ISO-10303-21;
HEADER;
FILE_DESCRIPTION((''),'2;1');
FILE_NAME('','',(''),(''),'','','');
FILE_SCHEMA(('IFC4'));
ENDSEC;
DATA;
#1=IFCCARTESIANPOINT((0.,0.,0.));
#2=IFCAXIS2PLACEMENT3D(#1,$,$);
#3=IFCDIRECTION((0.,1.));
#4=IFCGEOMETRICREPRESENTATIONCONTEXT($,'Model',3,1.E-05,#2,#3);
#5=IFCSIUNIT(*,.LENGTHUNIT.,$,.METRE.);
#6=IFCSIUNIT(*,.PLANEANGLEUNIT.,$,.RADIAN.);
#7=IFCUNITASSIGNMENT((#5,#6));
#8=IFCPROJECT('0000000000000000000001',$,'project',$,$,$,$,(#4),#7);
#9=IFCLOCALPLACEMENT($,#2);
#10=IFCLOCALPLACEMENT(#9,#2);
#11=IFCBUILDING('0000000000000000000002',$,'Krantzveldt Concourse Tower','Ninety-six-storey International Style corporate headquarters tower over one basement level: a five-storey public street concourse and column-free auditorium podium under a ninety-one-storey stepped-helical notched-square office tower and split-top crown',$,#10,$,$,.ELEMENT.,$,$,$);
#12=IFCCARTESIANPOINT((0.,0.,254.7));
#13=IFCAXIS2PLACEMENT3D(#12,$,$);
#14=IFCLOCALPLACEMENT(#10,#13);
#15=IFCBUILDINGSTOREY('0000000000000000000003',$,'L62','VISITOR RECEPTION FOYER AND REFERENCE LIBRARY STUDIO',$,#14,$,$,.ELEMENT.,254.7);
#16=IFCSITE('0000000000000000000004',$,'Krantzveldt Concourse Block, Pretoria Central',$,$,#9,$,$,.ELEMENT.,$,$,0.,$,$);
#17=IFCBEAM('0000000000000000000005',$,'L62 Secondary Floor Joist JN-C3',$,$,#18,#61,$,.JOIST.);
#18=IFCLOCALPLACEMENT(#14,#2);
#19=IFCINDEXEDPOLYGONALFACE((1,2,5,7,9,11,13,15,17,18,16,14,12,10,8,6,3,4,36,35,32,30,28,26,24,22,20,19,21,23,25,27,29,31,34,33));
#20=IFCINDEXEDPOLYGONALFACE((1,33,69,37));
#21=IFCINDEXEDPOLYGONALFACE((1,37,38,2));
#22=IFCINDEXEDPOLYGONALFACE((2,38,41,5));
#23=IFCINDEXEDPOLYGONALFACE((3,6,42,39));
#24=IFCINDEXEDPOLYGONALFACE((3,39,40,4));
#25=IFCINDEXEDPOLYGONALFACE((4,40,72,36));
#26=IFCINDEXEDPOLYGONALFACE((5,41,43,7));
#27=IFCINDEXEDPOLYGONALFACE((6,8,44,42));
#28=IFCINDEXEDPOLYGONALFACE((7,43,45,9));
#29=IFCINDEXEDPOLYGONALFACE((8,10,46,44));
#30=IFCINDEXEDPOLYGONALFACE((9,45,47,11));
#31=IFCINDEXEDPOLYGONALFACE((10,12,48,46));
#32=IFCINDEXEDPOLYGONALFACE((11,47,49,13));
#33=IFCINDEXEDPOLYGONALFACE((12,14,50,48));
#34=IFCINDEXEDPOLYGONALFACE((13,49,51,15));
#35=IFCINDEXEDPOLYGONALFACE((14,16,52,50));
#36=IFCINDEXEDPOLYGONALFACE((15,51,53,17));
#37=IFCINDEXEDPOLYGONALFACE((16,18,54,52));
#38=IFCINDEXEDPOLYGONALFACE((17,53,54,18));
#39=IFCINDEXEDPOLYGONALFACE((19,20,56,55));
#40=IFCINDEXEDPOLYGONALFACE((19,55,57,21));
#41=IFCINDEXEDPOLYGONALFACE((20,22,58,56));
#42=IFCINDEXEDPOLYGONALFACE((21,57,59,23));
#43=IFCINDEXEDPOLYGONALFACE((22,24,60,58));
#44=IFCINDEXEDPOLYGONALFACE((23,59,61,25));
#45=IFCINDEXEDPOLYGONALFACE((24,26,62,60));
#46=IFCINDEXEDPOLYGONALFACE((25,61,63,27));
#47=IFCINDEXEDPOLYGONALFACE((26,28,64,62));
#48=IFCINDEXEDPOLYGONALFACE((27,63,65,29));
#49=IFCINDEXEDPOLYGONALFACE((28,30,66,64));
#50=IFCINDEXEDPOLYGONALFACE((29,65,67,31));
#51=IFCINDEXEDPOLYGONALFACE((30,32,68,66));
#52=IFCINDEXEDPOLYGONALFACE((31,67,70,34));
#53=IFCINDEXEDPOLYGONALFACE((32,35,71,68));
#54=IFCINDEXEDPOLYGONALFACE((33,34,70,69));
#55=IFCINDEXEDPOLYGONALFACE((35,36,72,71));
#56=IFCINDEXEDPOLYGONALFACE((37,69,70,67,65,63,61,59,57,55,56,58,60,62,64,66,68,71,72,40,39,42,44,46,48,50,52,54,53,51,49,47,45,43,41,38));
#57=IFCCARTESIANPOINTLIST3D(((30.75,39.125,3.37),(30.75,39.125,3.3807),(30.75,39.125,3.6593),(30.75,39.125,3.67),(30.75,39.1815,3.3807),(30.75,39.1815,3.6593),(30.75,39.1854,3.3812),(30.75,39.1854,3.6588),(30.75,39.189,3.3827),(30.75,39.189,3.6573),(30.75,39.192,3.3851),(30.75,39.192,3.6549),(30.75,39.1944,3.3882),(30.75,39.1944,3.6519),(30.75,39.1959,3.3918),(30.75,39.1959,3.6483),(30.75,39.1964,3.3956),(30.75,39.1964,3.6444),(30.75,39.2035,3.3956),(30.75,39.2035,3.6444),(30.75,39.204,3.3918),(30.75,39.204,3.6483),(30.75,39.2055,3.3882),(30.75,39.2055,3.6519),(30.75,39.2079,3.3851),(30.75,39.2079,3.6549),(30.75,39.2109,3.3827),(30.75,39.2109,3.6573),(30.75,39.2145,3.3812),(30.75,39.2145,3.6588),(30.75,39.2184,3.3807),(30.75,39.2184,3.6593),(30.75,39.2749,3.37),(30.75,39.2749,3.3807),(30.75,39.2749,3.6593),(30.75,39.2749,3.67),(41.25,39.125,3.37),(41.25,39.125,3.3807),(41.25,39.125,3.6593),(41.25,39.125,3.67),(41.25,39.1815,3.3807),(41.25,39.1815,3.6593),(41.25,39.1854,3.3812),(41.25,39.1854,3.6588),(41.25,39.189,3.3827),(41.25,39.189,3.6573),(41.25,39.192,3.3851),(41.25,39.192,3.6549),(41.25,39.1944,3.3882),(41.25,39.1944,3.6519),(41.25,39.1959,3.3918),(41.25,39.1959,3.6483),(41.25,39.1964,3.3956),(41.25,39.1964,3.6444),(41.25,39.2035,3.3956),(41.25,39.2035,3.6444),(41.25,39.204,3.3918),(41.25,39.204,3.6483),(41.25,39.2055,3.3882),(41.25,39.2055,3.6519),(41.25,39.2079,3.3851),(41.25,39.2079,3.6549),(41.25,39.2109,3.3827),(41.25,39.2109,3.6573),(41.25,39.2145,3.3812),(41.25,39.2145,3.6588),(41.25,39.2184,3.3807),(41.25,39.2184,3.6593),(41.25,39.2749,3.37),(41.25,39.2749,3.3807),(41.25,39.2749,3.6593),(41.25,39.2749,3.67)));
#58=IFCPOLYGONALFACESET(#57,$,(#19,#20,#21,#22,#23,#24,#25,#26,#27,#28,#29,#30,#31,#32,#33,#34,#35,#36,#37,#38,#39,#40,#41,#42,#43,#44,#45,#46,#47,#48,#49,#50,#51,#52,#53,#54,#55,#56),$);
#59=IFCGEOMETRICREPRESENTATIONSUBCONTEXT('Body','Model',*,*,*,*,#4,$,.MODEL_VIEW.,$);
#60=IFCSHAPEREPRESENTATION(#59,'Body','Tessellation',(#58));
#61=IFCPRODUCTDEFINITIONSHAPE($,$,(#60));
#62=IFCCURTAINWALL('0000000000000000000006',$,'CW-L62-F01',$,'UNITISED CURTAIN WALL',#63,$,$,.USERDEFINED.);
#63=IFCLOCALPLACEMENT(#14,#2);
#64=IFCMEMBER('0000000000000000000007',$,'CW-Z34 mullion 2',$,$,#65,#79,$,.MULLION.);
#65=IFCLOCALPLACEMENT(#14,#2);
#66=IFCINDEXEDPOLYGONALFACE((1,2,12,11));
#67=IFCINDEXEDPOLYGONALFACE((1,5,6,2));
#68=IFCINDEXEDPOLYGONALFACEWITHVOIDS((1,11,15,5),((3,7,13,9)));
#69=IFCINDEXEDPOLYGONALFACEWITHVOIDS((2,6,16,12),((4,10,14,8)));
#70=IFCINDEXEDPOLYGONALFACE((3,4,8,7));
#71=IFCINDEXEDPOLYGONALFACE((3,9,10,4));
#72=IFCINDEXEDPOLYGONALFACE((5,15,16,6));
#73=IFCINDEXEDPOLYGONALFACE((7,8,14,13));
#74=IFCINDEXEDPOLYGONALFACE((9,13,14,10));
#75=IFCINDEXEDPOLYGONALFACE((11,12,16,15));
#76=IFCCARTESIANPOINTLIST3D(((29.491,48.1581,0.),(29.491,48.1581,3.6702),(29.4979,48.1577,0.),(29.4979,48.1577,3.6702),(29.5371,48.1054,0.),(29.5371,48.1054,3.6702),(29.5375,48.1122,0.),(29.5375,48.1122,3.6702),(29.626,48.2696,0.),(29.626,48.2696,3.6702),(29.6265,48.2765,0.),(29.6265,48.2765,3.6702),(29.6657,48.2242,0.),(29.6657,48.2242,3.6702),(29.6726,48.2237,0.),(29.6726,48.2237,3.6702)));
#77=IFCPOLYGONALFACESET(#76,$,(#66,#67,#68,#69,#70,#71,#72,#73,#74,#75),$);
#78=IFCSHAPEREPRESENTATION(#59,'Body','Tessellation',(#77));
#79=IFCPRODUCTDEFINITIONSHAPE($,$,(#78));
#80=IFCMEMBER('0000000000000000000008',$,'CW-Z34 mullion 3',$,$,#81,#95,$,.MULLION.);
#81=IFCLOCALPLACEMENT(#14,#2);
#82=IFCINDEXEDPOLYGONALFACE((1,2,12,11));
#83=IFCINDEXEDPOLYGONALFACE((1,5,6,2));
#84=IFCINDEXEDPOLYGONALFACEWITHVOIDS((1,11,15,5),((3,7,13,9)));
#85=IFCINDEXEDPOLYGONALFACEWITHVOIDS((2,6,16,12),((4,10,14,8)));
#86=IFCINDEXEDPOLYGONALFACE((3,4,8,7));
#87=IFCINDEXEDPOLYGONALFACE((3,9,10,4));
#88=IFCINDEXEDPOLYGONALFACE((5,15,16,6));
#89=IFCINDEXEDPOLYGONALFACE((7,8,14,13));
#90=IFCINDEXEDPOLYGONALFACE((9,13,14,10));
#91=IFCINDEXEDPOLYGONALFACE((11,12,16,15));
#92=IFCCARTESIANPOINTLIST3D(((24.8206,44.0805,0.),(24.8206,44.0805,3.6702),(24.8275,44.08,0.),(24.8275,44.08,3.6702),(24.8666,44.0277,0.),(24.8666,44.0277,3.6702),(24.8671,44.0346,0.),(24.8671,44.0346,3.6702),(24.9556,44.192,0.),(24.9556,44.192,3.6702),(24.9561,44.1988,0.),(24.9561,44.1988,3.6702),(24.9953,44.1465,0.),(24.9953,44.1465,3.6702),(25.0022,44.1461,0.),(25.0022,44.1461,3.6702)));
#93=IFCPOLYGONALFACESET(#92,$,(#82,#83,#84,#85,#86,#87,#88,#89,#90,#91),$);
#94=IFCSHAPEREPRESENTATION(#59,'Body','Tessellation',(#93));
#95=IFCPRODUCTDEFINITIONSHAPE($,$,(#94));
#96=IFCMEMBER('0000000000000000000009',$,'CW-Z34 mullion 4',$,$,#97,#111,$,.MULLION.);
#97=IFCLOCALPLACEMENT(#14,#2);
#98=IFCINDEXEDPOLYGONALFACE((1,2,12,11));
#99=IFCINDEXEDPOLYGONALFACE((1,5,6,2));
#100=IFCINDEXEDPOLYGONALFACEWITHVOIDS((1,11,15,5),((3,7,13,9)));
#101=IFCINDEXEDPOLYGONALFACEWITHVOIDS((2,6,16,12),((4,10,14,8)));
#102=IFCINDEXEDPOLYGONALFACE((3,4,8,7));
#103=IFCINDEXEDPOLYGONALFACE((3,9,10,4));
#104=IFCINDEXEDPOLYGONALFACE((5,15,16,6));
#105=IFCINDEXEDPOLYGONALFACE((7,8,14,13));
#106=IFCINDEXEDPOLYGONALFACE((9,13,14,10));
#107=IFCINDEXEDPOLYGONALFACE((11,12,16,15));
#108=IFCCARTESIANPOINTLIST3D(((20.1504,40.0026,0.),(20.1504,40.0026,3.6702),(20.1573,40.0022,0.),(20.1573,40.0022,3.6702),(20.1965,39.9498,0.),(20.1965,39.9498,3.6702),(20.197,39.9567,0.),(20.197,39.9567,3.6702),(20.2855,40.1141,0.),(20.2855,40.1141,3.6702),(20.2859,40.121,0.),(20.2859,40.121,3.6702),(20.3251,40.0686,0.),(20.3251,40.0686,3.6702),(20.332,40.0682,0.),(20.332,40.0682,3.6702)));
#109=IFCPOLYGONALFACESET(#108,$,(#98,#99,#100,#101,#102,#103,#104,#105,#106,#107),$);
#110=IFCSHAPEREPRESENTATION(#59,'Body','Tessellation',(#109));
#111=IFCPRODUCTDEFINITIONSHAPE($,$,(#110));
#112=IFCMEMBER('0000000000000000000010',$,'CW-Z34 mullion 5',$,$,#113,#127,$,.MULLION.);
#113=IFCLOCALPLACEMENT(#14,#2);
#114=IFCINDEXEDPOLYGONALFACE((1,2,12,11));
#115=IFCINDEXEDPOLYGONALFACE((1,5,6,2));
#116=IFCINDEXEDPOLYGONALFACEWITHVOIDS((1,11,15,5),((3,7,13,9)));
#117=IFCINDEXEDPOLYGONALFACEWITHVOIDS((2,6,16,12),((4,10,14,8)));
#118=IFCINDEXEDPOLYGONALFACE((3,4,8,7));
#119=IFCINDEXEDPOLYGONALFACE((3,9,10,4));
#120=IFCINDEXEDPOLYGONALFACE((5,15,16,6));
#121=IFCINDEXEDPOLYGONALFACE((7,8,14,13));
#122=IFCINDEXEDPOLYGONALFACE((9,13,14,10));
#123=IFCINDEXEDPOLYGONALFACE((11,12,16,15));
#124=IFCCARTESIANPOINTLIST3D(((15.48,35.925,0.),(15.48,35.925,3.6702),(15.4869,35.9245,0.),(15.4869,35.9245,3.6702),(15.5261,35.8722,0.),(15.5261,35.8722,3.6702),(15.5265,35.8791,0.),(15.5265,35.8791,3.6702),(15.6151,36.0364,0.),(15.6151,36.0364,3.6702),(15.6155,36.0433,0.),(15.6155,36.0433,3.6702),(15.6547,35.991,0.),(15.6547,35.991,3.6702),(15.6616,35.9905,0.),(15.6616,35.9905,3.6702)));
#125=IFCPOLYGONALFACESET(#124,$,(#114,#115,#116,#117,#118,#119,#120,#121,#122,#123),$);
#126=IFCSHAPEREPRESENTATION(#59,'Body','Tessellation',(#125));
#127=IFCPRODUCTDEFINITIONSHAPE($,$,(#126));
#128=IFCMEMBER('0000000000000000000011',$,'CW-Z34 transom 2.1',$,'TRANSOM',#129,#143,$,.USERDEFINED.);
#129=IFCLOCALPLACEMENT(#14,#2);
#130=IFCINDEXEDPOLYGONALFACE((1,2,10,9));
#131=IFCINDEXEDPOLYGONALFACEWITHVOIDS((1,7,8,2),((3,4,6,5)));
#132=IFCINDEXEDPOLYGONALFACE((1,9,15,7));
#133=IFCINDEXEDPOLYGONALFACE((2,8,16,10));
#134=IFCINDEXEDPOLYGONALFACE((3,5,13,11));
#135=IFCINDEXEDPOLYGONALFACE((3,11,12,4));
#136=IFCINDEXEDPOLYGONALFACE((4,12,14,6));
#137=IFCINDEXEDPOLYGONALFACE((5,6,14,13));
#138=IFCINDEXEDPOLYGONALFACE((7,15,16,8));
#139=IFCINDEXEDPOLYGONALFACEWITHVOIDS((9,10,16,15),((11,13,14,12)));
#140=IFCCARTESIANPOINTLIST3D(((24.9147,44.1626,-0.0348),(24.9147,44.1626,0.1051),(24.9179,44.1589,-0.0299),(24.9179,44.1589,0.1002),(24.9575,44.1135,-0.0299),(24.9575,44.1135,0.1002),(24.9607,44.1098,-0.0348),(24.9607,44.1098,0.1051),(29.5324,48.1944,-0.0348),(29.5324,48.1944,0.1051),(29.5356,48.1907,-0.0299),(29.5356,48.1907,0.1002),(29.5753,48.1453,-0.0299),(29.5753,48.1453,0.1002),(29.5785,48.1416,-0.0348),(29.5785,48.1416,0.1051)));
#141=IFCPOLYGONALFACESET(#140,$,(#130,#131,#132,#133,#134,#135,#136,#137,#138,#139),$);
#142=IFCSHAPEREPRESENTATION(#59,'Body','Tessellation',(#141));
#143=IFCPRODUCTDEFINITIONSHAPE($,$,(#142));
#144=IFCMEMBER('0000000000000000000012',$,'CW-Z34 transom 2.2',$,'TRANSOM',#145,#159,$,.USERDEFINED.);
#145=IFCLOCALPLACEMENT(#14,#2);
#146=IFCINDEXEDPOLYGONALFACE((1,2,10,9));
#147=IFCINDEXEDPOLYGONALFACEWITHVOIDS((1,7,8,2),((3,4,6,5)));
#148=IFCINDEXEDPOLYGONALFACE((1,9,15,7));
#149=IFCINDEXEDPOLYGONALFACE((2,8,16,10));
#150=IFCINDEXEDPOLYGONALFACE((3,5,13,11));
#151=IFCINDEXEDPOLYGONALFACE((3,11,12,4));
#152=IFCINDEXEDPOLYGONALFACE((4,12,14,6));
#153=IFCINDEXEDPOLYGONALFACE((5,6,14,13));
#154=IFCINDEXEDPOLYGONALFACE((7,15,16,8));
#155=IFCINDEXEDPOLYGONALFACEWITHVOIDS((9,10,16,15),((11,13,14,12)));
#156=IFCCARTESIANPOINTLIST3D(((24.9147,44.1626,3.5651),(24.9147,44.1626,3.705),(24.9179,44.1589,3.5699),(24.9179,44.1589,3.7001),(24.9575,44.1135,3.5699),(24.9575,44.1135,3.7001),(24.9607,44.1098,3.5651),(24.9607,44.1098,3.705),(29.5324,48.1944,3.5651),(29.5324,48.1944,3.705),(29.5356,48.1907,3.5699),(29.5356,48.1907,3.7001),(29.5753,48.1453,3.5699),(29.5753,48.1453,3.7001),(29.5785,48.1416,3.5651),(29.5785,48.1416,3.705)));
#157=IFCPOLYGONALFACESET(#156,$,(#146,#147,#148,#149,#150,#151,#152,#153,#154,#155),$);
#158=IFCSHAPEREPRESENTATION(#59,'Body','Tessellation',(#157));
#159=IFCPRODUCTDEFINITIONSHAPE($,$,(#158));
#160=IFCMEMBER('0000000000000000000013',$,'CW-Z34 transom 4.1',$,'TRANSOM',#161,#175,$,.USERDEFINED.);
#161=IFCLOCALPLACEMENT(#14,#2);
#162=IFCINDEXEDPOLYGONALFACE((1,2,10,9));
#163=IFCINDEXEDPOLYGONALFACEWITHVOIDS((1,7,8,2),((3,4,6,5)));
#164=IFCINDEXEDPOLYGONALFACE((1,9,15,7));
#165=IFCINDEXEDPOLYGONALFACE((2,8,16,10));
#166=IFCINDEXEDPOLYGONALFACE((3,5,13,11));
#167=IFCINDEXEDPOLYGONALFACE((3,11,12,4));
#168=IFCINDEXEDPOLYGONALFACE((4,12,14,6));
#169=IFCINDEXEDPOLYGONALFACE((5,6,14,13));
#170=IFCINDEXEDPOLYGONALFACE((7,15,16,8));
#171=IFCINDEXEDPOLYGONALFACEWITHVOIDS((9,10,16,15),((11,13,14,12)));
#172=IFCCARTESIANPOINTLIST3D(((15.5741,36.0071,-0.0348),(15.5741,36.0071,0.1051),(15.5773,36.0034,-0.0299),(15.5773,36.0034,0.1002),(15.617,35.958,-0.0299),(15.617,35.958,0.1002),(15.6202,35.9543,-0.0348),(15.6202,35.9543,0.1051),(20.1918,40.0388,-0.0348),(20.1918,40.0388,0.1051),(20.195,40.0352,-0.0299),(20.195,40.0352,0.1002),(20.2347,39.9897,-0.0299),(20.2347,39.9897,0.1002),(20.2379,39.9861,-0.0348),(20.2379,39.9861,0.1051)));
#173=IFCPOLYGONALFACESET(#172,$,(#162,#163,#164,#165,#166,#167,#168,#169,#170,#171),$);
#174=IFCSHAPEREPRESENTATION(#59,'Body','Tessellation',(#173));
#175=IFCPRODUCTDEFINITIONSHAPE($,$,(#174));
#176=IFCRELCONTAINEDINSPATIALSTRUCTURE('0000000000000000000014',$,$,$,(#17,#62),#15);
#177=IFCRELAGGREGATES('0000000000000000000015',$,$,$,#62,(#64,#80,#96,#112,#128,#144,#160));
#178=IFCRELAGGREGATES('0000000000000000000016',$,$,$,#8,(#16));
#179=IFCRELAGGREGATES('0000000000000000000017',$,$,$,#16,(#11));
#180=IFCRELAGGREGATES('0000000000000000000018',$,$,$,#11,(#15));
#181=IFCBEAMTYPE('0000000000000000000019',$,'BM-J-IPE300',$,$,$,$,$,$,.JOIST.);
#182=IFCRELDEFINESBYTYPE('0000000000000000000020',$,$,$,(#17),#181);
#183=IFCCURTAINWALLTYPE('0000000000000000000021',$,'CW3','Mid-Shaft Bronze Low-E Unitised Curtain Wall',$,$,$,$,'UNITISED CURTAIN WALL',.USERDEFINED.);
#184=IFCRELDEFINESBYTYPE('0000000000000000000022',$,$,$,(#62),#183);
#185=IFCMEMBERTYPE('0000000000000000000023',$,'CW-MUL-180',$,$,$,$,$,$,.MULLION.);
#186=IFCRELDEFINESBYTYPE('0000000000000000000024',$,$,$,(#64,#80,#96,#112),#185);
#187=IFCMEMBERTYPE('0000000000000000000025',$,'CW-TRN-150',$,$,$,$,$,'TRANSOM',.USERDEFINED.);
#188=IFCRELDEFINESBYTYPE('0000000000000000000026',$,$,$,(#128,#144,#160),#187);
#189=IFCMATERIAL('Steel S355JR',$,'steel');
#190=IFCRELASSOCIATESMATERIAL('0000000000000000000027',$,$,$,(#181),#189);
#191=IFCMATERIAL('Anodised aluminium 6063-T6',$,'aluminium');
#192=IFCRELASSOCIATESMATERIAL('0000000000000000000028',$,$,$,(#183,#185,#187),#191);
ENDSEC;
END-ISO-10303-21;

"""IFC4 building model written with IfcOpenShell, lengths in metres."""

from ifc_helpers import new_model, si_unit, direction, frame, origin, origin_2d, place, context, subcontext, project, spatial, hollow_rectangle, i_section, extrude, source, transform, mapped, material, material_profile, profile_set, type_object, type_shapes, element, aggregate, save


model = new_model("IFC4")

# Units and contexts
model_context = context("Model", 3, precision=1e-05, world=origin(), true_north=direction((0.0, 1.0)))
body_context = subcontext(model_context, "Body", "Model", "MODEL_VIEW")
ifc_project = project(units=[si_unit("LENGTHUNIT", "METRE"), si_unit("PLANEANGLEUNIT", "RADIAN")], contexts=[model_context])

# Site, building, storey
site_placement = place(None, origin())
site = spatial("IfcSite", under=ifc_project, at=site_placement, Name="Krantzveldt Concourse Block, Pretoria Central", CompositionType="ELEMENT", RefElevation=0.0)
building_placement = place(site_placement, origin())
building = spatial("IfcBuilding", under=site, at=building_placement, Name="Krantzveldt Concourse Tower", Description="Ninety-six-storey International Style corporate headquarters tower over one basement level: a five-storey public street concourse and column-free auditorium podium under a ninety-one-storey stepped-helical notched-square office tower and split-top crown", CompositionType="ELEMENT")
storey_placement = place(building_placement, frame((0.0, 0.0, 254.7)))
storey = spatial("IfcBuildingStorey", under=building, at=storey_placement, Name="L62", Description="VISITOR RECEPTION FOYER AND REFERENCE LIBRARY STUDIO", CompositionType="ELEMENT", Elevation=254.7)

# Beam
ifc_material_1 = material(Name="Steel S355JR", Category="steel")
ifc_material_profile_1 = material_profile(ifc_material_1, i_section(OverallWidth=0.1499, OverallDepth=0.3, WebThickness=0.0071, FlangeThickness=0.0107, FilletRadius=0.0149, at=origin_2d()), Name="Steel S355JR", Category="steel")
ifc_profile_set_1 = profile_set([ifc_material_profile_1], Name="Steel S355JR - IPE 300")
beam_type_1 = type_object("IfcBeamType", Name="BM-J-IPE300", PredefinedType="JOIST", material=ifc_profile_set_1)
shared_shape_1 = source(origin(), body_context, "Body", "SweptSolid", [
    extrude(i_section(OverallWidth=0.1499, OverallDepth=0.3, WebThickness=0.0071, FlangeThickness=0.0107, FilletRadius=0.0149, at=origin_2d()), origin(), (0.0, 0.0, 1.0), 10.5),
])
type_shapes(beam_type_1, [shared_shape_1])
beam_1_placement = place(storey_placement, frame((30.75, 39.2, 3.52), z_axis=(1.0, 0.0, 0.0), x_axis=(0.0, 1.0, 0.0)))
element("IfcBeam", 1, at=beam_1_placement, inside=storey, type_object=beam_type_1, Name="L62 Secondary Floor Joist JN-C3", PredefinedType="JOIST", context=body_context, shape_type="MappedRepresentation", body=[
    mapped(shared_shape_1, transform((0.0, 0.0, 0.0), x_axis=(1.0, 0.0, 0.0), y_axis=(0.0, 1.0, 0.0), z_axis=(0.0, 0.0, 1.0), scale=1.0)),
])

# Curtain wall, members
ifc_material_2 = material(Name="Anodised aluminium 6063-T6", Category="aluminium")
curtain_wall_type = type_object("IfcCurtainWallType", Name="CW3", Description="Mid-Shaft Bronze Low-E Unitised Curtain Wall", ElementType="UNITISED CURTAIN WALL", PredefinedType="USERDEFINED", material=ifc_material_2)
curtain_wall_placement = place(storey_placement, origin())
curtain_wall = element("IfcCurtainWall", 2, at=curtain_wall_placement, inside=storey, type_object=curtain_wall_type, Name="CW-L62-F01", ObjectType="UNITISED CURTAIN WALL", PredefinedType="USERDEFINED")
ifc_material_profile_2 = material_profile(ifc_material_2, hollow_rectangle(XDim=0.0701, YDim=0.1799, WallThickness=0.0049, at=origin_2d()), Name="Anodised aluminium 6063-T6", Category="aluminium")
ifc_profile_set_2 = profile_set([ifc_material_profile_2], Name="Anodised aluminium 6063-T6 - ALU-MULL 180x70x5")
member_type_1 = type_object("IfcMemberType", Name="CW-MUL-180", PredefinedType="MULLION", material=ifc_profile_set_2)
shared_shape_2 = source(origin(), body_context, "Body", "SweptSolid", [
    extrude(hollow_rectangle(XDim=0.0701, YDim=0.1799, WallThickness=0.0049, at=origin_2d()), origin(), (0.0, 0.0, 1.0), 3.6702),
])
type_shapes(member_type_1, [shared_shape_2])
member_1_placement = place(storey_placement, frame((29.5818, 48.1909, 0.0), z_axis=(0.0, 0.0, 1.0), x_axis=(0.657704, -0.753277, 0.0)))
member_1 = element("IfcMember", 3, at=member_1_placement, type_object=member_type_1, Name="CW-Z34 mullion 2", PredefinedType="MULLION", context=body_context, shape_type="MappedRepresentation", body=[
    mapped(shared_shape_2, transform((0.0, 0.0, 0.0), x_axis=(1.0, 0.0, 0.0), y_axis=(0.0, 1.0, 0.0), z_axis=(0.0, 0.0, 1.0), scale=1.0)),
])
member_2_placement = place(storey_placement, frame((24.9114, 44.1133, 0.0), z_axis=(0.0, 0.0, 1.0), x_axis=(0.657704, -0.753277, 0.0)))
member_2 = element("IfcMember", 4, at=member_2_placement, type_object=member_type_1, Name="CW-Z34 mullion 3", PredefinedType="MULLION", context=body_context, shape_type="MappedRepresentation", body=[
    mapped(shared_shape_2, transform((0.0, 0.0, 0.0), x_axis=(1.0, 0.0, 0.0), y_axis=(0.0, 1.0, 0.0), z_axis=(0.0, 0.0, 1.0), scale=1.0)),
])
member_3_placement = place(storey_placement, frame((20.2412, 40.0354, 0.0), z_axis=(0.0, 0.0, 1.0), x_axis=(0.657704, -0.753277, 0.0)))
member_3 = element("IfcMember", 5, at=member_3_placement, type_object=member_type_1, Name="CW-Z34 mullion 4", PredefinedType="MULLION", context=body_context, shape_type="MappedRepresentation", body=[
    mapped(shared_shape_2, transform((0.0, 0.0, 0.0), x_axis=(1.0, 0.0, 0.0), y_axis=(0.0, 1.0, 0.0), z_axis=(0.0, 0.0, 1.0), scale=1.0)),
])
member_4_placement = place(storey_placement, frame((15.5708, 35.9578, 0.0), z_axis=(0.0, 0.0, 1.0), x_axis=(0.657704, -0.753277, 0.0)))
member_4 = element("IfcMember", 6, at=member_4_placement, type_object=member_type_1, Name="CW-Z34 mullion 5", PredefinedType="MULLION", context=body_context, shape_type="MappedRepresentation", body=[
    mapped(shared_shape_2, transform((0.0, 0.0, 0.0), x_axis=(1.0, 0.0, 0.0), y_axis=(0.0, 1.0, 0.0), z_axis=(0.0, 0.0, 1.0), scale=1.0)),
])
ifc_material_profile_3 = material_profile(ifc_material_2, hollow_rectangle(XDim=0.0701, YDim=0.1399, WallThickness=0.0049, at=origin_2d()), Name="Anodised aluminium 6063-T6", Category="aluminium")
ifc_profile_set_3 = profile_set([ifc_material_profile_3], Name="Anodised aluminium 6063-T6 - ALU-TRAN 140x70x5")
member_type_2 = type_object("IfcMemberType", Name="CW-TRN-150", ElementType="TRANSOM", PredefinedType="USERDEFINED", material=ifc_profile_set_3)
shared_shape_3 = source(origin(), body_context, "Body", "SweptSolid", [
    extrude(hollow_rectangle(XDim=0.0701, YDim=0.1399, WallThickness=0.0049, at=origin_2d()), origin(), (0.0, 0.0, 1.0), 6.1301),
])
member_5_placement = place(storey_placement, frame((29.5554, 48.168, 0.0352), z_axis=(-0.753282, -0.657698, 0.0), x_axis=(0.657698, -0.753282, 0.0)))
member_5 = element("IfcMember", 7, at=member_5_placement, type_object=member_type_2, Name="CW-Z34 transom 2.1", ObjectType="TRANSOM", PredefinedType="USERDEFINED", context=body_context, shape_type="MappedRepresentation", body=[
    mapped(shared_shape_3, transform((0.0, 0.0, 0.0), x_axis=(1.0, 0.0, 0.0), y_axis=(0.0, 1.0, 0.0), z_axis=(0.0, 0.0, 1.0), scale=1.0)),
])
member_6_placement = place(storey_placement, frame((29.5554, 48.168, 3.635), z_axis=(-0.753282, -0.657698, 0.0), x_axis=(0.657698, -0.753282, 0.0)))
member_6 = element("IfcMember", 8, at=member_6_placement, type_object=member_type_2, Name="CW-Z34 transom 2.2", ObjectType="TRANSOM", PredefinedType="USERDEFINED", context=body_context, shape_type="MappedRepresentation", body=[
    mapped(shared_shape_3, transform((0.0, 0.0, 0.0), x_axis=(1.0, 0.0, 0.0), y_axis=(0.0, 1.0, 0.0), z_axis=(0.0, 0.0, 1.0), scale=1.0)),
])
member_7_placement = place(storey_placement, frame((20.2148, 40.0125, 0.0352), z_axis=(-0.753282, -0.657698, 0.0), x_axis=(0.657698, -0.753282, 0.0)))
member_7 = element("IfcMember", 9, at=member_7_placement, type_object=member_type_2, Name="CW-Z34 transom 4.1", ObjectType="TRANSOM", PredefinedType="USERDEFINED", context=body_context, shape_type="MappedRepresentation", body=[
    mapped(shared_shape_3, transform((0.0, 0.0, 0.0), x_axis=(1.0, 0.0, 0.0), y_axis=(0.0, 1.0, 0.0), z_axis=(0.0, 0.0, 1.0), scale=1.0)),
])
aggregate(curtain_wall, [member_1, member_2, member_3, member_4, member_5, member_6, member_7])

save(model, "model.ifc")
